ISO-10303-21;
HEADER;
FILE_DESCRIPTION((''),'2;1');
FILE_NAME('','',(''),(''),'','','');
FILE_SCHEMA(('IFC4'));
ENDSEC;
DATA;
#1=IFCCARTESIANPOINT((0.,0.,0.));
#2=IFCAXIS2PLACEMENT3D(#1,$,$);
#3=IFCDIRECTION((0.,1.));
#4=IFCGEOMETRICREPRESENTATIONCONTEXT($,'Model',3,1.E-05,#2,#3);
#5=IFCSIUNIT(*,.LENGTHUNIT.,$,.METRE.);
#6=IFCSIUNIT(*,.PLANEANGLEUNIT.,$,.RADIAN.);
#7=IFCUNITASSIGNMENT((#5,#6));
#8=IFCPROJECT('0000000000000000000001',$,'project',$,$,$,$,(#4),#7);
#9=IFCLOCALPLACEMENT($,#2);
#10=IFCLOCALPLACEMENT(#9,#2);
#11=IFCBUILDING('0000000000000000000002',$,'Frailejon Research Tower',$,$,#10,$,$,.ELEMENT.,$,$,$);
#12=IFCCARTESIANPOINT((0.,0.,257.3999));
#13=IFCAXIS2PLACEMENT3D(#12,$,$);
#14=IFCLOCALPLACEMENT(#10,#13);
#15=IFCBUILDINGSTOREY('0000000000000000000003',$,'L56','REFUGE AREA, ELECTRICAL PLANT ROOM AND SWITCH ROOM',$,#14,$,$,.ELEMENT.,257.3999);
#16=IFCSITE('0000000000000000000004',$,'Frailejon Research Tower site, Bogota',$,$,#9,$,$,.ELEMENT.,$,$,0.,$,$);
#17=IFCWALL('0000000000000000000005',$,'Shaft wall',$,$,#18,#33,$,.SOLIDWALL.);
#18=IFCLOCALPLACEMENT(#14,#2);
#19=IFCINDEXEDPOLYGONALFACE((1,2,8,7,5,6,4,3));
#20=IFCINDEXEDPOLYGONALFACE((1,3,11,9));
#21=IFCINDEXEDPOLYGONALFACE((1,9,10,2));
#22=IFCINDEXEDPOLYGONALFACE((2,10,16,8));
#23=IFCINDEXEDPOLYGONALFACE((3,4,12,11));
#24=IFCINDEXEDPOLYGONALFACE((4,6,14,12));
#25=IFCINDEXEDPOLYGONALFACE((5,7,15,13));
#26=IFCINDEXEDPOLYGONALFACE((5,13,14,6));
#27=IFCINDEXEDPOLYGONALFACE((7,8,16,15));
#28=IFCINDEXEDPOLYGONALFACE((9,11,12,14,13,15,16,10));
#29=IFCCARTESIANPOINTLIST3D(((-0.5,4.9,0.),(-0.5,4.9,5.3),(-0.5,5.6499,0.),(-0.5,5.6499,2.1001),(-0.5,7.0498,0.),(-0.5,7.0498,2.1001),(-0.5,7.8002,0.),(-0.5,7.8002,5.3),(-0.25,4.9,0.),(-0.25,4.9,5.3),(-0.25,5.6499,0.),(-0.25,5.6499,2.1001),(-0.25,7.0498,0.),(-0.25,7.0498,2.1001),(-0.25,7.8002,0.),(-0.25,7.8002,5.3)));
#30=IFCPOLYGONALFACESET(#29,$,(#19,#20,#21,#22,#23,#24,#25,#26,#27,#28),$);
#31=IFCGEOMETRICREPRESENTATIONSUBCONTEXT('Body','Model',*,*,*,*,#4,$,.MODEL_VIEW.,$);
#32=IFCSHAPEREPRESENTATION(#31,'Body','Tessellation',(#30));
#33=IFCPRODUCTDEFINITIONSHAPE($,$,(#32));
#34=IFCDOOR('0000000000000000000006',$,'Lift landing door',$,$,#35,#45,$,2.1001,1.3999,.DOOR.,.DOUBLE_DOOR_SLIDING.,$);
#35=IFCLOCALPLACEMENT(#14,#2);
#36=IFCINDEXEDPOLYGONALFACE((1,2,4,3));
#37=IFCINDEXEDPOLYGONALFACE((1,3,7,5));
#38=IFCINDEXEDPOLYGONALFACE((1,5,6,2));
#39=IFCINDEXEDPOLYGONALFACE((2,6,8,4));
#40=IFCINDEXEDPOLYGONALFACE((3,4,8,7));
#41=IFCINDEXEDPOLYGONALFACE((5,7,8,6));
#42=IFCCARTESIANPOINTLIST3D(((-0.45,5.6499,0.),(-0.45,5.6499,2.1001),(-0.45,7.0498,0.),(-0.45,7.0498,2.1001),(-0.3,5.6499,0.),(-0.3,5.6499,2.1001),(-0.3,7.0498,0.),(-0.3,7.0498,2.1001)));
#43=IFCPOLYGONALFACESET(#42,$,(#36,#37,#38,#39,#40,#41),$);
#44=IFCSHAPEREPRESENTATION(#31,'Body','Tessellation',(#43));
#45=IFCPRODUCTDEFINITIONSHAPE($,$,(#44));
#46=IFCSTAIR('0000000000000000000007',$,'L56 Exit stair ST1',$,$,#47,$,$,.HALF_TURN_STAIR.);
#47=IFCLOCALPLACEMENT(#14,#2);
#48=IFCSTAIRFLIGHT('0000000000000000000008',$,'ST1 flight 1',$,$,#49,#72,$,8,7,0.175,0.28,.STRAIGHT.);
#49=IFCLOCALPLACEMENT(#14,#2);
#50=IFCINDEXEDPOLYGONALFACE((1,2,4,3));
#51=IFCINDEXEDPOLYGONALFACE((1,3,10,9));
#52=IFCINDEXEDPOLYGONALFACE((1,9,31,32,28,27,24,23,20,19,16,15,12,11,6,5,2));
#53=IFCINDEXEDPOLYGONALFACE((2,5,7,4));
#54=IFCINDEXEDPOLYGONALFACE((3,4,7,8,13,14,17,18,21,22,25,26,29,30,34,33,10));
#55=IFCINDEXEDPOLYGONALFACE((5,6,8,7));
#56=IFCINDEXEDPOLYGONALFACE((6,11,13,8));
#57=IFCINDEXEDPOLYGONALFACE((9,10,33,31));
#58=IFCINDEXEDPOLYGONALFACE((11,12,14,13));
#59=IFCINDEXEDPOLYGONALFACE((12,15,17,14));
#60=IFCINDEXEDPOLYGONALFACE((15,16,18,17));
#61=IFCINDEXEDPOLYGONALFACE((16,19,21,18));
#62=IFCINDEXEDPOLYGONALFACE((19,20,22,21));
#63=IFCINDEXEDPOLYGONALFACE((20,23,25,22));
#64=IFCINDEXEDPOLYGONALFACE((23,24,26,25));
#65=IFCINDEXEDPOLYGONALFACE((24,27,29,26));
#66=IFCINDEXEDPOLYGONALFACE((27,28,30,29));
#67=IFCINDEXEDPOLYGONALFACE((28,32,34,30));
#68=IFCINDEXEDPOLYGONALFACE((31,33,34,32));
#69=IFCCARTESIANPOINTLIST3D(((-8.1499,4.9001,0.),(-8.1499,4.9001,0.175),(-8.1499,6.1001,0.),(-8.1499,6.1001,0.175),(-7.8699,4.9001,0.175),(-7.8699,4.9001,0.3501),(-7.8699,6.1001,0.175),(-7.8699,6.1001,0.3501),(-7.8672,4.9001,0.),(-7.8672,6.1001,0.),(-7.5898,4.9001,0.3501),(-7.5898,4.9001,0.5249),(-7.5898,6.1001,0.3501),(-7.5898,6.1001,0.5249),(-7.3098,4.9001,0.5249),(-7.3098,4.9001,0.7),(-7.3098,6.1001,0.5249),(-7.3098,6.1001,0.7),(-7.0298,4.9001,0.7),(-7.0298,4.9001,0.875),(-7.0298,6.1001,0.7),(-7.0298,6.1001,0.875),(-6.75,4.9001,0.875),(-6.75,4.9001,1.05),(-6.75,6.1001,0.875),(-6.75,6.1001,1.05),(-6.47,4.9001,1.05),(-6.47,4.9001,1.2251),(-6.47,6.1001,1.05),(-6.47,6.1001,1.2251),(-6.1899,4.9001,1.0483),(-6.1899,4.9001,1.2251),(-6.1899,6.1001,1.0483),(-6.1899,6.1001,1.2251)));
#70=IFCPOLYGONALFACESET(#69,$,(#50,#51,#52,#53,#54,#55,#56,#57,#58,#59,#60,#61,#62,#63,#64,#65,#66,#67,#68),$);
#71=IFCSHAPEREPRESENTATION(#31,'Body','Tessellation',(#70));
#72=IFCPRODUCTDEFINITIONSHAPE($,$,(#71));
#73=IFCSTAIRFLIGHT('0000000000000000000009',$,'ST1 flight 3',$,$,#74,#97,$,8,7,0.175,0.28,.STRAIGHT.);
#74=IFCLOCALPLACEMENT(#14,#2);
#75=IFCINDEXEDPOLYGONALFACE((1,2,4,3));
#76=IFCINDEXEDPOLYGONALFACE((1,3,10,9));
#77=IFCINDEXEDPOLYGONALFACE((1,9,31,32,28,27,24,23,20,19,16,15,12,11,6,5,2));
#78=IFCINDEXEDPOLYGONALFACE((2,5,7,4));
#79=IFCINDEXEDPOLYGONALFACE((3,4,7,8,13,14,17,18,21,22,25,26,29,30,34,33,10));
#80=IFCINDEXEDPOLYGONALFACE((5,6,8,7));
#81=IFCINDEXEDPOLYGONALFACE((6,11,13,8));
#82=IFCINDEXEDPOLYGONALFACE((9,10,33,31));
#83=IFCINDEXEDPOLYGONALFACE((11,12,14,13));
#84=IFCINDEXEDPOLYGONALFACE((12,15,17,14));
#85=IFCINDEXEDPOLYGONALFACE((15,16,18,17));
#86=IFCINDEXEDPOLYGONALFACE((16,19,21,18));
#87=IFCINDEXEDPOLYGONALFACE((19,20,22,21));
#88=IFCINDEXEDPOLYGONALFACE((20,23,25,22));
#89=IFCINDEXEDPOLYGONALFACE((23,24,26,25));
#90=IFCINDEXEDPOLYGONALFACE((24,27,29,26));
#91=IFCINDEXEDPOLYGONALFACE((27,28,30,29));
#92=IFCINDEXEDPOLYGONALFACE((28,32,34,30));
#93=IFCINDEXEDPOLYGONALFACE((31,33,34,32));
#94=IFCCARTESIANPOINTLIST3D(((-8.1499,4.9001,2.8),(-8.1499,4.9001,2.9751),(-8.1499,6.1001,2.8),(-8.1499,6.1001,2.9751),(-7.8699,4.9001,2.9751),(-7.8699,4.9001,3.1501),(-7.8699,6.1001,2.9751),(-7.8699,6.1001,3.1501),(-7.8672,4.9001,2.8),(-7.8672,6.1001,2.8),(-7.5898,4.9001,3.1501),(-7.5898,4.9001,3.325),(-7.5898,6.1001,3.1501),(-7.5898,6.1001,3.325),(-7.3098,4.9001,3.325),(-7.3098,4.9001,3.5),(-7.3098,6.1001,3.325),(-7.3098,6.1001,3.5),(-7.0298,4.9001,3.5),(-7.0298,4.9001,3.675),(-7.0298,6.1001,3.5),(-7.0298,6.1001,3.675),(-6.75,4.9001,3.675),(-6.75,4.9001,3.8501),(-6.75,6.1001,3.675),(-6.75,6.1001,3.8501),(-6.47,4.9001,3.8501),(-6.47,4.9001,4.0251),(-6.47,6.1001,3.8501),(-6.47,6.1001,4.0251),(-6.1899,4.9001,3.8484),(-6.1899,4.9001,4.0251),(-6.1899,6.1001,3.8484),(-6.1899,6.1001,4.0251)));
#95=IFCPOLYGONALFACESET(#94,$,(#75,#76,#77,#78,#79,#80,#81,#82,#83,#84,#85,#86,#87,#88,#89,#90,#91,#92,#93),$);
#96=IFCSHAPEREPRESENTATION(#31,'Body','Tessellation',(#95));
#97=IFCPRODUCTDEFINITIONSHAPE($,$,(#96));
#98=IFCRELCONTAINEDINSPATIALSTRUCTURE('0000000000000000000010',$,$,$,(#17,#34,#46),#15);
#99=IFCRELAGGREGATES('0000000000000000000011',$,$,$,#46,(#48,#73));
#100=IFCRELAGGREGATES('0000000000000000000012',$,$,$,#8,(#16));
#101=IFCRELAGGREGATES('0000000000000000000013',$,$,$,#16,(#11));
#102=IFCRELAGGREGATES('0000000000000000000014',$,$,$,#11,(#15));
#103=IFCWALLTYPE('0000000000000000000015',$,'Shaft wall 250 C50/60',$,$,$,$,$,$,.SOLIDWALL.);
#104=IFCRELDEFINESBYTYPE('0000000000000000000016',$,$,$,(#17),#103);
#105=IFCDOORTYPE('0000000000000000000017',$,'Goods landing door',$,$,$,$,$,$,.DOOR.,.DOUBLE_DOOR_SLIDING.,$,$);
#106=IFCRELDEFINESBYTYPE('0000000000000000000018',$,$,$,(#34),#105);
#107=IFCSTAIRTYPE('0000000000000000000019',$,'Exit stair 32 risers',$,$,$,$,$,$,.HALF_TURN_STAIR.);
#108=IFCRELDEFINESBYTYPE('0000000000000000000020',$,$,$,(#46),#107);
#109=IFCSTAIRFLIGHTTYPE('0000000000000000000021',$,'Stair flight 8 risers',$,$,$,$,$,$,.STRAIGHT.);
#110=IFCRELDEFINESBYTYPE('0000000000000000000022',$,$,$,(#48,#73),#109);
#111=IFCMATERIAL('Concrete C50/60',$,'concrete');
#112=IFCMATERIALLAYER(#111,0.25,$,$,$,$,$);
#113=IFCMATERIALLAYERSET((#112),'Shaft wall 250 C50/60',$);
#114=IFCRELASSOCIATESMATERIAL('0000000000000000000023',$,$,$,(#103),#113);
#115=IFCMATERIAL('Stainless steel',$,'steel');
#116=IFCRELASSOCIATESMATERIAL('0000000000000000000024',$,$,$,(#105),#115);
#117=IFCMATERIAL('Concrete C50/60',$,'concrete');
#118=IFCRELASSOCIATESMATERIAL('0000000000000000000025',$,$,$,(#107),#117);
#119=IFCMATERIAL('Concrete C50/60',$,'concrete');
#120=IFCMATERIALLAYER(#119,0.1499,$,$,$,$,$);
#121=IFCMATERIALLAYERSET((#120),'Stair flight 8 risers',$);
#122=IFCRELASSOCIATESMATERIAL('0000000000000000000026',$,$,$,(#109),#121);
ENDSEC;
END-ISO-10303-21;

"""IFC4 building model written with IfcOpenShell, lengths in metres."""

from ifc_helpers import new_model, si_unit, direction, frame, frame_2d, origin, place, context, subcontext, project, spatial, polyline, rectangle, outline, extrude, material, layer, layer_set, type_object, element, fill, aggregate, save


model = new_model("IFC4")

# Units and contexts
model_context = context("Model", 3, precision=1e-05, world=origin(), true_north=direction((0.0, 1.0)))
body_context = subcontext(model_context, "Body", "Model", "MODEL_VIEW")
ifc_project = project(units=[si_unit("LENGTHUNIT", "METRE"), si_unit("PLANEANGLEUNIT", "RADIAN")], contexts=[model_context])

# Site, building, storey
site_placement = place(None, origin())
site = spatial("IfcSite", under=ifc_project, at=site_placement, Name="Frailejon Research Tower site, Bogota", CompositionType="ELEMENT", RefElevation=0.0)
building_placement = place(site_placement, origin())
building = spatial("IfcBuilding", under=site, at=building_placement, Name="Frailejon Research Tower", CompositionType="ELEMENT")
storey_placement = place(building_placement, frame((0.0, 0.0, 257.3999)))
storey = spatial("IfcBuildingStorey", under=building, at=storey_placement, Name="L56", Description="REFUGE AREA, ELECTRICAL PLANT ROOM AND SWITCH ROOM", CompositionType="ELEMENT", Elevation=257.3999)

# Shared definitions
ifc_material_1 = material(Name="Concrete C50/60", Category="concrete")
ifc_layer_1 = layer(ifc_material_1, 0.25)
ifc_layer_set_1 = layer_set([ifc_layer_1], Name="Shaft wall 250 C50/60")
wall_type_1 = type_object("IfcWallType", Name="Shaft wall 250 C50/60", PredefinedType="SOLIDWALL", material=ifc_layer_set_1)

# Wall, opening, door
wall_1_placement = place(storey_placement, frame((-0.375, 4.8999, 0.0), z_axis=(0.0, 0.0, 1.0), x_axis=(0.0, 1.0, 0.0)))
wall_1 = element("IfcWall", 1, at=wall_1_placement, inside=storey, type_object=wall_type_1, Name="Shaft wall", PredefinedType="SOLIDWALL", context=body_context, shape_type="SweptSolid", body=[
    extrude(rectangle(XDim=2.9001, YDim=0.25, at=frame_2d((1.4502, 0.0))), origin(), (0.0, 0.0, 1.0), 5.3),
])
opening_1_placement = place(wall_1_placement, frame((0.75, 0.0, 0.0)))
opening_1 = element("IfcOpeningElement", 2, at=opening_1_placement, cuts=wall_1, PredefinedType="OPENING", context=body_context, shape_type="SweptSolid", body=[
    extrude(rectangle(XDim=1.3999, YDim=2.1001, at=frame_2d((0.7, 1.05))), frame((0.0, 0.135, 0.0), z_axis=(0.0, -1.0, 0.0), x_axis=(1.0, 0.0, 0.0)), (0.0, 0.0, 1.0), 0.27),
])
ifc_material_2 = material(Name="Stainless steel", Category="steel")
door_type_1 = type_object("IfcDoorType", Name="Goods landing door", OperationType="DOUBLE_DOOR_SLIDING", PredefinedType="DOOR", material=ifc_material_2)
door_1_placement = place(opening_1_placement, origin())
door_1 = element("IfcDoor", 3, at=door_1_placement, inside=storey, type_object=door_type_1, Name="Lift landing door", OperationType="DOUBLE_DOOR_SLIDING", OverallHeight=2.1001, OverallWidth=1.3999, PredefinedType="DOOR", context=body_context, shape_type="SweptSolid", body=[
    extrude(rectangle(XDim=1.3999, YDim=2.1001, at=frame_2d((0.7, 1.05))), frame((0.0, 0.075, 0.0), z_axis=(0.0, -1.0, 0.0), x_axis=(1.0, 0.0, 0.0)), (0.0, 0.0, 1.0), 0.1499),
])
fill(opening_1, door_1)

# Stair, stair flights
ifc_material_3 = material(Name="Concrete C50/60", Category="concrete")
stair_type = type_object("IfcStairType", Name="Exit stair 32 risers", PredefinedType="HALF_TURN_STAIR", material=ifc_material_3)
stair_placement = place(storey_placement, origin())
stair = element("IfcStair", 4, at=stair_placement, inside=storey, type_object=stair_type, Name="L56 Exit stair ST1", PredefinedType="HALF_TURN_STAIR")
ifc_material_4 = material(Name="Concrete C50/60", Category="concrete")
ifc_layer_2 = layer(ifc_material_4, 0.1499)
ifc_layer_set_2 = layer_set([ifc_layer_2], Name="Stair flight 8 risers")
stair_flight_type = type_object("IfcStairFlightType", Name="Stair flight 8 risers", PredefinedType="STRAIGHT", material=ifc_layer_set_2)
stair_flight_1_placement = place(storey_placement, frame((-8.1499, 5.5, 0.0), z_axis=(0.0, 0.0, 1.0), x_axis=(1.0, 0.0, 0.0)))
stair_flight_1 = element("IfcStairFlight", 5, at=stair_flight_1_placement, type_object=stair_flight_type, Name="ST1 flight 1", NumberOfRisers=8, NumberOfTreads=7, PredefinedType="STRAIGHT", RiserHeight=0.175, TreadLength=0.28, context=body_context, shape_type="SweptSolid", body=[
    extrude(outline(polyline([(0.0, 0.0), (0.0, 0.175), (0.28, 0.175), (0.28, 0.3501), (0.5601, 0.3501), (0.5601, 0.5249), (0.8401, 0.5249), (0.8401, 0.7), (1.1201, 0.7), (1.1201, 0.875), (1.3999, 0.875), (1.3999, 1.05), (1.6799, 1.05), (1.6799, 1.2251), (1.96, 1.2251), (1.96, 1.3999), (1.96, 1.0483), (0.2827, 0.0), (0.0, 0.0)])), frame((0.0, 0.6001, 0.0), z_axis=(0.0, -1.0, 0.0), x_axis=(1.0, 0.0, 0.0)), (0.0, 0.0, 1.0), 1.2),
])
stair_flight_2_placement = place(storey_placement, frame((-8.1499, 5.5, 2.8), z_axis=(0.0, 0.0, 1.0), x_axis=(1.0, 0.0, 0.0)))
stair_flight_2 = element("IfcStairFlight", 6, at=stair_flight_2_placement, type_object=stair_flight_type, Name="ST1 flight 3", NumberOfRisers=8, NumberOfTreads=7, PredefinedType="STRAIGHT", RiserHeight=0.175, TreadLength=0.28, context=body_context, shape_type="SweptSolid", body=[
    extrude(outline(polyline([(0.0, 0.0), (0.0, 0.175), (0.28, 0.175), (0.28, 0.3501), (0.5601, 0.3501), (0.5601, 0.5249), (0.8401, 0.5249), (0.8401, 0.7), (1.1201, 0.7), (1.1201, 0.875), (1.3999, 0.875), (1.3999, 1.05), (1.6799, 1.05), (1.6799, 1.2251), (1.96, 1.2251), (1.96, 1.3999), (1.96, 1.0483), (0.2827, 0.0), (0.0, 0.0)])), frame((0.0, 0.6001, 0.0), z_axis=(0.0, -1.0, 0.0), x_axis=(1.0, 0.0, 0.0)), (0.0, 0.0, 1.0), 1.2),
])
aggregate(stair, [stair_flight_1, stair_flight_2])

save(model, "model.ifc")
